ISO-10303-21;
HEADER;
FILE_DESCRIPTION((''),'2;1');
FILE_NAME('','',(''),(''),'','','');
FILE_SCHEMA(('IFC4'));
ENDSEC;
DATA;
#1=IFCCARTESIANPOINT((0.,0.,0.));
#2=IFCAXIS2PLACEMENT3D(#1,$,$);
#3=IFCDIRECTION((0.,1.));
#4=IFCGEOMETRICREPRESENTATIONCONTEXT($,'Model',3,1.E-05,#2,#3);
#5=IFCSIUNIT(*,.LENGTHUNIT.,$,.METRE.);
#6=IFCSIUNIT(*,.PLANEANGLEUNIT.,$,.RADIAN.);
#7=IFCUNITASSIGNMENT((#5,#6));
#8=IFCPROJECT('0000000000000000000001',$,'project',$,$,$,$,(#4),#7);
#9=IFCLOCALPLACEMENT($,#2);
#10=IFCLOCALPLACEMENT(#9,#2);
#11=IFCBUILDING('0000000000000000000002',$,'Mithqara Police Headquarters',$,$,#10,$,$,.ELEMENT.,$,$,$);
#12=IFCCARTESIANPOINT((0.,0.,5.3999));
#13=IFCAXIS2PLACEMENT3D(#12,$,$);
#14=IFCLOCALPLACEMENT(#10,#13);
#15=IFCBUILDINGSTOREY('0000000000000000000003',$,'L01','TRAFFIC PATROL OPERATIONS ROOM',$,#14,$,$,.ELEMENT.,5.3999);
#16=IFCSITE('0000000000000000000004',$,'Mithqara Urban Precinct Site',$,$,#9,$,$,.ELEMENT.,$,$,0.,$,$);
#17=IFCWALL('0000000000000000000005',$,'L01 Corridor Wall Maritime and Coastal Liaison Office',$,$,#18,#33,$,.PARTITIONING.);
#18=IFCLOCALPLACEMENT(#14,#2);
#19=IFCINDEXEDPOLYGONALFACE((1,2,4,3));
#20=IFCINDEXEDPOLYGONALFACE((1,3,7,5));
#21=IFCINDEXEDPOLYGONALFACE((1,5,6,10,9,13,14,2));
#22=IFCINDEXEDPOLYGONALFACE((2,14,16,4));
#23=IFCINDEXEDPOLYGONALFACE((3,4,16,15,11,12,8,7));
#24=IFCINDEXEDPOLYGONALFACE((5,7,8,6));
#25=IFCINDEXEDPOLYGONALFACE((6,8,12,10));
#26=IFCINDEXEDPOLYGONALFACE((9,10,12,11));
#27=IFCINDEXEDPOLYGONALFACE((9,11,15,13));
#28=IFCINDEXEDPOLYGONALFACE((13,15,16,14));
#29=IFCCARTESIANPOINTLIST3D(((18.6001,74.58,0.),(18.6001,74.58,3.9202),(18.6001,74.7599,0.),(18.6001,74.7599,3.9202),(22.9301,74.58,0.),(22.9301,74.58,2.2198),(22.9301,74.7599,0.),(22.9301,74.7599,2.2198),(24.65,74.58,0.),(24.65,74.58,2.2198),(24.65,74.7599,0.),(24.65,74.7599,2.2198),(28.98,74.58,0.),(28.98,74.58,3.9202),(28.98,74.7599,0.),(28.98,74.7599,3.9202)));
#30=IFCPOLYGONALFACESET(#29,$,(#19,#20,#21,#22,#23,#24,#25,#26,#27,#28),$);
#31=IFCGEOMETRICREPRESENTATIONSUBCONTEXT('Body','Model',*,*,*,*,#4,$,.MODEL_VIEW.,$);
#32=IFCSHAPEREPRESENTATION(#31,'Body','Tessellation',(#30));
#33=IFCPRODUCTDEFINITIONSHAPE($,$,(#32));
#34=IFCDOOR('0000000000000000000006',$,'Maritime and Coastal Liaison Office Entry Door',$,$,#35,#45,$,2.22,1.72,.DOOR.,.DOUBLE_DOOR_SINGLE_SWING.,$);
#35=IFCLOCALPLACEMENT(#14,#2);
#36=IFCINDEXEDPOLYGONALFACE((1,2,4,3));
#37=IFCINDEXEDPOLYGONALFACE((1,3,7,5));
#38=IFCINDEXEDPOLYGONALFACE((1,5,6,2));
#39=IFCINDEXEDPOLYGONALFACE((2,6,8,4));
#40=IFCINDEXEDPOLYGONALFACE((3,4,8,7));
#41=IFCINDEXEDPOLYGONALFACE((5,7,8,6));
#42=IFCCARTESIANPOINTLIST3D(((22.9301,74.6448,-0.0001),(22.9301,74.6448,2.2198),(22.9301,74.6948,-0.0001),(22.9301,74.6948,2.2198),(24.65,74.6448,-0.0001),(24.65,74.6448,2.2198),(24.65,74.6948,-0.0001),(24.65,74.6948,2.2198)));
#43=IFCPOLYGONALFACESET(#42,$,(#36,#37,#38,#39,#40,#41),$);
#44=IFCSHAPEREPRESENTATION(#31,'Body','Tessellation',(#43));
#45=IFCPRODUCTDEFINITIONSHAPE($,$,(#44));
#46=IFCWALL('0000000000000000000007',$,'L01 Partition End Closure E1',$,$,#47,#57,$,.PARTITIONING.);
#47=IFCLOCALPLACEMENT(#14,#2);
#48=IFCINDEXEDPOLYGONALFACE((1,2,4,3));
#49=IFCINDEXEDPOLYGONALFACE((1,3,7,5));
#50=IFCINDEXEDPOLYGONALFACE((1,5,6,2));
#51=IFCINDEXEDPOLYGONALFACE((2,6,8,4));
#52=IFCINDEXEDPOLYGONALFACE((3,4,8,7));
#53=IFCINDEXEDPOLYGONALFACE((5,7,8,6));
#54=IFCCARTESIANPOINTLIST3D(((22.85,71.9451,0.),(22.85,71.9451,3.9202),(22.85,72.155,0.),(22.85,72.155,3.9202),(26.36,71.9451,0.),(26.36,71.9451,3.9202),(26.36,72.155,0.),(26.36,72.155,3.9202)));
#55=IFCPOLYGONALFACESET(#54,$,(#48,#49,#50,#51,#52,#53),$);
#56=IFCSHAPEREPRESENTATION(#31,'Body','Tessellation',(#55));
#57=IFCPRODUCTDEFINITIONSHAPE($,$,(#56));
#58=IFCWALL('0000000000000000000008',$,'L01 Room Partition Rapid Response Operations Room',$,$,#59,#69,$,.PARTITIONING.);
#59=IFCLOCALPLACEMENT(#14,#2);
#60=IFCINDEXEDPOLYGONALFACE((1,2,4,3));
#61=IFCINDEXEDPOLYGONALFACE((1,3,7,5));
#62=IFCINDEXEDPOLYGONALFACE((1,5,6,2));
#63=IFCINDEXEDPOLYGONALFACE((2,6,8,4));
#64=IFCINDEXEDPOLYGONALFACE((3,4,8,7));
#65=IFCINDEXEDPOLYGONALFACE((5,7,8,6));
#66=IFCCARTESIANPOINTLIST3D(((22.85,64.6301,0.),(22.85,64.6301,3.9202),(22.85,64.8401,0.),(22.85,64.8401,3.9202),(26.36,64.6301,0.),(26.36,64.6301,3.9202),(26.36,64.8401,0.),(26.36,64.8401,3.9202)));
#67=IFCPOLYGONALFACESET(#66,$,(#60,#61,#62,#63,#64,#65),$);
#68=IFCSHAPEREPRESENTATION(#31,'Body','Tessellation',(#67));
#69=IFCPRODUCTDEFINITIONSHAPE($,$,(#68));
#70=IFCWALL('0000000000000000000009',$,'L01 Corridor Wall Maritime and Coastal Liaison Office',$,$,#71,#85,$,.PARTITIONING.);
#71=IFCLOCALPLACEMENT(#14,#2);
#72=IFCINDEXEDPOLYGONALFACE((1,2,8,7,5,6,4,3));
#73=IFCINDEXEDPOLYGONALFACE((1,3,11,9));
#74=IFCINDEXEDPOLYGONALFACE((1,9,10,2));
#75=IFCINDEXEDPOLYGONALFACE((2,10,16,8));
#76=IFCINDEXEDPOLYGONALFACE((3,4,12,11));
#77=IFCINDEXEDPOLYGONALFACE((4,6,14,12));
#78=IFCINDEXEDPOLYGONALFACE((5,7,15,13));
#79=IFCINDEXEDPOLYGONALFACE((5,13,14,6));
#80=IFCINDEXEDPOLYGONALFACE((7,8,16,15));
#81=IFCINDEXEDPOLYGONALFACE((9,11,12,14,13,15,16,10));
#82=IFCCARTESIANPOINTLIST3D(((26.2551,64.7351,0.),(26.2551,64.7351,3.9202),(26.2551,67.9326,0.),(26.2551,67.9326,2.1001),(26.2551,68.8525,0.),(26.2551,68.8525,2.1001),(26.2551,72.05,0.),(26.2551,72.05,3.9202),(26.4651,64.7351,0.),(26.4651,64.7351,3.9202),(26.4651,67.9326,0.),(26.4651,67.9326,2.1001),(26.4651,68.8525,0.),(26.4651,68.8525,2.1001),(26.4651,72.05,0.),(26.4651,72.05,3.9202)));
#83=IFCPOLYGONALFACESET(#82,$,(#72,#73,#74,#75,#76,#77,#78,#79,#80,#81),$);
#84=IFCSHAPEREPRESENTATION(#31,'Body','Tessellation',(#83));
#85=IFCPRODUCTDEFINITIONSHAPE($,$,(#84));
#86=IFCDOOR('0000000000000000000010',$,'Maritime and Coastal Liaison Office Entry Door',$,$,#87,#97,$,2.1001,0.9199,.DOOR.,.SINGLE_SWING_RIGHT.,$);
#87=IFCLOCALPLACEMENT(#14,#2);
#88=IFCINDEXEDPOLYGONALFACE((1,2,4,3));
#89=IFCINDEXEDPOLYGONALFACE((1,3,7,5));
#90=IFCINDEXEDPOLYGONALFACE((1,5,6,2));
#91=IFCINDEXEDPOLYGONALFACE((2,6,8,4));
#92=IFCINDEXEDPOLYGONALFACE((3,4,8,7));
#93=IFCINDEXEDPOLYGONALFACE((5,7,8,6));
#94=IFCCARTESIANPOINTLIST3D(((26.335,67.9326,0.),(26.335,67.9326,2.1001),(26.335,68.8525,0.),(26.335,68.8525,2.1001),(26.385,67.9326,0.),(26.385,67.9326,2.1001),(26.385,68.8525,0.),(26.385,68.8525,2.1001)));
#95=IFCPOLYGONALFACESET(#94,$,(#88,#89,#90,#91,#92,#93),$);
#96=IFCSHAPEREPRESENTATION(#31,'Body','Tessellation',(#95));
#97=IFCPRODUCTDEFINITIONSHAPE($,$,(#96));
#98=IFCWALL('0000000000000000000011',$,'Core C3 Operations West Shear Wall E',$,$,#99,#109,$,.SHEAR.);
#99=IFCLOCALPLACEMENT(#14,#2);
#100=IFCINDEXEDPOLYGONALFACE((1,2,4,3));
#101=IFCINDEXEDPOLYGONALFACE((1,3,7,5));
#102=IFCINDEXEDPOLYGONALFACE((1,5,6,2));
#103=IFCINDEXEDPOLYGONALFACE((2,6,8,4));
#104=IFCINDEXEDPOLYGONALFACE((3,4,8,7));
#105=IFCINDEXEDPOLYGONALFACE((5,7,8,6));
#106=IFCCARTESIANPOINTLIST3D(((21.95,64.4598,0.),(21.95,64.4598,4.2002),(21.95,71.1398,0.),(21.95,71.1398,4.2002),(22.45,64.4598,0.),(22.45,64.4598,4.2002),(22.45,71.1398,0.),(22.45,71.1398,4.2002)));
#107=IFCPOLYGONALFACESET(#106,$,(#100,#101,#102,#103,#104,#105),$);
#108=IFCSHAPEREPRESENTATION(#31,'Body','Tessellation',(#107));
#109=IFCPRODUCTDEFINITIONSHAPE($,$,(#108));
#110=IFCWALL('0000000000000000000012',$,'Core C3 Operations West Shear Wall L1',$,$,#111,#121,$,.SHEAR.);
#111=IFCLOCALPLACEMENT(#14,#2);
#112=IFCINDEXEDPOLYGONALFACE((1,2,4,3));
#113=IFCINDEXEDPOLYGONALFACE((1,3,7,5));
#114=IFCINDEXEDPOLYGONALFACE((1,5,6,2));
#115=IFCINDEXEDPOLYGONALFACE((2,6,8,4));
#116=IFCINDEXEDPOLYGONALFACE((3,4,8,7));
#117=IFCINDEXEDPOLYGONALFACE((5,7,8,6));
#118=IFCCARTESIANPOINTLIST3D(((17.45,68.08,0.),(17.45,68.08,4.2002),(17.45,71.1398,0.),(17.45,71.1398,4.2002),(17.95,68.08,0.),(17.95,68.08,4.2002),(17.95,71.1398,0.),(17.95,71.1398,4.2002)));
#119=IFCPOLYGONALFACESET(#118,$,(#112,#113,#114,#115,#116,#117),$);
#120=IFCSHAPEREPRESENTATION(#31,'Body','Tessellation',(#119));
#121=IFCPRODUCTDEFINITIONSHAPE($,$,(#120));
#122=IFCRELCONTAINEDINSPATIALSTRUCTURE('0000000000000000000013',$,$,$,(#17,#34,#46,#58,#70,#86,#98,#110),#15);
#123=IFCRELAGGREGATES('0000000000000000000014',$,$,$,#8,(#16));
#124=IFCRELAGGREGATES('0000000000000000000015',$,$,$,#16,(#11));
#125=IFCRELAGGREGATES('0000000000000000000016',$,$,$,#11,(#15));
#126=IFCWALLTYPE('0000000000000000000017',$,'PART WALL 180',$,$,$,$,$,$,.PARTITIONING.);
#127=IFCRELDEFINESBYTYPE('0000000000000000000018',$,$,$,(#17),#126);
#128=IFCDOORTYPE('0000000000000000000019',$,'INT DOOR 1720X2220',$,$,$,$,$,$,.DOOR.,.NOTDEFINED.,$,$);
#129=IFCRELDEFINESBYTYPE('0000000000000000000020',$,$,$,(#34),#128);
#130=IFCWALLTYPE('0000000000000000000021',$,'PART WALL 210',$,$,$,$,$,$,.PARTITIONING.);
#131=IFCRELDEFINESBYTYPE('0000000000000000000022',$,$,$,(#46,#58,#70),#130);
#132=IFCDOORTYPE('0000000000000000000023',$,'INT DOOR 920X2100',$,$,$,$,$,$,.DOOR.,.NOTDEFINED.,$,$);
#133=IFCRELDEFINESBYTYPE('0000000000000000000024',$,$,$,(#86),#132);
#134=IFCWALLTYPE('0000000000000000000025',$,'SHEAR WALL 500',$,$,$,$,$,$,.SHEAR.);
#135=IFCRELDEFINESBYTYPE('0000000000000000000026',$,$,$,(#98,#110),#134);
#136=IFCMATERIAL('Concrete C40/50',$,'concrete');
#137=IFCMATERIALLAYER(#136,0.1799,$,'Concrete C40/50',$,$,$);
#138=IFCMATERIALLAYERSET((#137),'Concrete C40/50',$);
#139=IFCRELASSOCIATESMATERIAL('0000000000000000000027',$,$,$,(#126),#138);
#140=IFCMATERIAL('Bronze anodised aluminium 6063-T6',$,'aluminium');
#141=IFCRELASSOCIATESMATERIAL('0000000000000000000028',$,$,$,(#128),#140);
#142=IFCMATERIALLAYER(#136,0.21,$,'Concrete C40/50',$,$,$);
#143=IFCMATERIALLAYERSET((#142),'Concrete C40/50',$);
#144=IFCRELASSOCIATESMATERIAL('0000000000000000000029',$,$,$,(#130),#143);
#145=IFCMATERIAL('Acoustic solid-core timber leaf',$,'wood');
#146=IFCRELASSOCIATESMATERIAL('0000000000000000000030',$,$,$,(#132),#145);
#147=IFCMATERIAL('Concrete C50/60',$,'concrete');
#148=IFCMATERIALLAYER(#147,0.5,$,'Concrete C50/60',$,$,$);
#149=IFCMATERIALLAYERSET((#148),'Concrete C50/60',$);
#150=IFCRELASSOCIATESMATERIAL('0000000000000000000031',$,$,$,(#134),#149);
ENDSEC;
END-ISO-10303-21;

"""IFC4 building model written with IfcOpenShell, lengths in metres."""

from ifc_helpers import new_model, si_unit, direction, frame, frame_2d, origin, place, context, subcontext, project, spatial, rectangle, extrude, material, layer, layer_set, type_object, element, fill, save


model = new_model("IFC4")

# Units and contexts
model_context = context("Model", 3, precision=1e-05, world=origin(), true_north=direction((0.0, 1.0)))
body_context = subcontext(model_context, "Body", "Model", "MODEL_VIEW")
ifc_project = project(units=[si_unit("LENGTHUNIT", "METRE"), si_unit("PLANEANGLEUNIT", "RADIAN")], contexts=[model_context])

# Site, building, storey
site_placement = place(None, origin())
site = spatial("IfcSite", under=ifc_project, at=site_placement, Name="Mithqara Urban Precinct Site", CompositionType="ELEMENT", RefElevation=0.0)
building_placement = place(site_placement, origin())
building = spatial("IfcBuilding", under=site, at=building_placement, Name="Mithqara Police Headquarters", CompositionType="ELEMENT")
storey_placement = place(building_placement, frame((0.0, 0.0, 5.3999)))
storey = spatial("IfcBuildingStorey", under=building, at=storey_placement, Name="L01", Description="TRAFFIC PATROL OPERATIONS ROOM", CompositionType="ELEMENT", Elevation=5.3999)

# Shared definitions
ifc_material_1 = material(Name="Concrete C50/60", Category="concrete")

# Shared definitions
ifc_material_2 = material(Name="Concrete C40/50", Category="concrete")

# Shared definitions
ifc_layer_1 = layer(ifc_material_2, 0.1799, Name="Concrete C40/50")
ifc_layer_set_1 = layer_set([ifc_layer_1], Name="Concrete C40/50")
wall_type_1 = type_object("IfcWallType", Name="PART WALL 180", PredefinedType="PARTITIONING", material=ifc_layer_set_1)

# Wall, opening, door
wall_1_placement = place(storey_placement, frame((18.6001, 74.6699, 0.0), z_axis=(0.0, 0.0, 1.0), x_axis=(1.0, 0.0, 0.0)))
wall_1 = element("IfcWall", 1, at=wall_1_placement, inside=storey, type_object=wall_type_1, Name="L01 Corridor Wall Maritime and Coastal Liaison Office", PredefinedType="PARTITIONING", context=body_context, shape_type="SweptSolid", body=[
    extrude(rectangle(XDim=10.3799, YDim=0.1799, at=frame_2d((5.1899, 0.0))), origin(), (0.0, 0.0, 1.0), 3.9202),
])
opening_1_placement = place(wall_1_placement, frame((4.3301, 0.0, 0.0)))
opening_1 = element("IfcOpeningElement", 2, at=opening_1_placement, cuts=wall_1, PredefinedType="OPENING", context=body_context, shape_type="SweptSolid", body=[
    extrude(rectangle(XDim=1.72, YDim=2.22, at=frame_2d((0.8599, 1.1099))), frame((0.0, 0.1001, 0.0), z_axis=(0.0, -1.0, 0.0), x_axis=(1.0, 0.0, 0.0)), (0.0, 0.0, 1.0), 0.2),
])
ifc_material_3 = material(Name="Bronze anodised aluminium 6063-T6", Category="aluminium")
door_type_1 = type_object("IfcDoorType", Name="INT DOOR 1720X2220", OperationType="NOTDEFINED", PredefinedType="DOOR", material=ifc_material_3)
door_1_placement = place(opening_1_placement, origin())
door_1 = element("IfcDoor", 3, at=door_1_placement, inside=storey, type_object=door_type_1, Name="Maritime and Coastal Liaison Office Entry Door", OperationType="DOUBLE_DOOR_SINGLE_SWING", OverallHeight=2.22, OverallWidth=1.72, PredefinedType="DOOR", context=body_context, shape_type="SweptSolid", body=[
    extrude(rectangle(XDim=1.72, YDim=2.22, at=frame_2d((0.8599, 1.1099))), frame((0.0, 0.0249, 0.0), z_axis=(0.0, -1.0, 0.0), x_axis=(1.0, 0.0, 0.0)), (0.0, 0.0, 1.0), 0.05),
])
fill(opening_1, door_1)

# Walls
ifc_layer_2 = layer(ifc_material_2, 0.21, Name="Concrete C40/50")
ifc_layer_set_2 = layer_set([ifc_layer_2], Name="Concrete C40/50")
wall_type_2 = type_object("IfcWallType", Name="PART WALL 210", PredefinedType="PARTITIONING", material=ifc_layer_set_2)
for number, where, z_axis, x_axis, name in (
    (4, (22.8501, 72.05, 0.0), (0.0, 0.0, 1.0), (1.0, 0.0, 0.0), "L01 Partition End Closure E1"),
    (5, (22.8501, 64.7351, 0.0), (0.0, 0.0, 1.0), (1.0, 0.0, 0.0), "L01 Room Partition Rapid Response Operations Room"),
):
    element("IfcWall", number, at=place(storey_placement, frame(where, z_axis=z_axis, x_axis=x_axis)), inside=storey, type_object=wall_type_2, Name=name, PredefinedType="PARTITIONING", context=body_context, shape_type="SweptSolid", body=[
        extrude(rectangle(XDim=3.51, YDim=0.21, at=frame_2d((1.7549, 0.0))), origin(), (0.0, 0.0, 1.0), 3.9202),
    ])

# Wall, opening, door
wall_2_placement = place(storey_placement, frame((26.3601, 64.7351, 0.0), z_axis=(0.0, 0.0, 1.0), x_axis=(0.0, 1.0, 0.0)))
wall_2 = element("IfcWall", 6, at=wall_2_placement, inside=storey, type_object=wall_type_2, Name="L01 Corridor Wall Maritime and Coastal Liaison Office", PredefinedType="PARTITIONING", context=body_context, shape_type="SweptSolid", body=[
    extrude(rectangle(XDim=7.3149, YDim=0.21, at=frame_2d((3.6575, 0.0))), origin(), (0.0, 0.0, 1.0), 3.9202),
])
opening_2_placement = place(wall_2_placement, frame((3.1975, 0.0, 0.0)))
opening_2 = element("IfcOpeningElement", 7, at=opening_2_placement, cuts=wall_2, PredefinedType="OPENING", context=body_context, shape_type="SweptSolid", body=[
    extrude(rectangle(XDim=0.9199, YDim=2.1001, at=frame_2d((0.46, 1.05))), frame((0.0, 0.115, 0.0), z_axis=(0.0, -1.0, 0.0), x_axis=(1.0, 0.0, 0.0)), (0.0, 0.0, 1.0), 0.23),
])
ifc_material_4 = material(Name="Acoustic solid-core timber leaf", Category="wood")
door_type_2 = type_object("IfcDoorType", Name="INT DOOR 920X2100", OperationType="NOTDEFINED", PredefinedType="DOOR", material=ifc_material_4)
door_2_placement = place(opening_2_placement, frame((0.9199, 0.0, 0.0), z_axis=(0.0, 0.0, 1.0), x_axis=(-1.0, 0.0, 0.0)))
door_2 = element("IfcDoor", 8, at=door_2_placement, inside=storey, type_object=door_type_2, Name="Maritime and Coastal Liaison Office Entry Door", OperationType="SINGLE_SWING_RIGHT", OverallHeight=2.1001, OverallWidth=0.9199, PredefinedType="DOOR", context=body_context, shape_type="SweptSolid", body=[
    extrude(rectangle(XDim=0.9199, YDim=2.1001, at=frame_2d((0.46, 1.05))), frame((0.0, 0.0249, 0.0), z_axis=(0.0, -1.0, 0.0), x_axis=(1.0, 0.0, 0.0)), (0.0, 0.0, 1.0), 0.05),
])
fill(opening_2, door_2)

# Walls
ifc_layer_3 = layer(ifc_material_1, 0.5, Name="Concrete C50/60")
ifc_layer_set_3 = layer_set([ifc_layer_3], Name="Concrete C50/60")
wall_type_3 = type_object("IfcWallType", Name="SHEAR WALL 500", PredefinedType="SHEAR", material=ifc_layer_set_3)
wall_3_placement = place(storey_placement, frame((22.2, 64.46, 0.0), z_axis=(0.0, 0.0, 1.0), x_axis=(0.0, 1.0, 0.0)))
element("IfcWall", 9, at=wall_3_placement, inside=storey, type_object=wall_type_3, Name="Core C3 Operations West Shear Wall E", PredefinedType="SHEAR", context=body_context, shape_type="SweptSolid", body=[
    extrude(rectangle(XDim=6.6799, YDim=0.5, at=frame_2d((3.3398, 0.0))), origin(), (0.0, 0.0, 1.0), 4.2002),
])
wall_4_placement = place(storey_placement, frame((17.7, 68.0801, 0.0), z_axis=(0.0, 0.0, 1.0), x_axis=(0.0, 1.0, 0.0)))
element("IfcWall", 10, at=wall_4_placement, inside=storey, type_object=wall_type_3, Name="Core C3 Operations West Shear Wall L1", PredefinedType="SHEAR", context=body_context, shape_type="SweptSolid", body=[
    extrude(rectangle(XDim=3.0598, YDim=0.5, at=frame_2d((1.5298, 0.0))), origin(), (0.0, 0.0, 1.0), 4.2002),
])

save(model, "model.ifc")
